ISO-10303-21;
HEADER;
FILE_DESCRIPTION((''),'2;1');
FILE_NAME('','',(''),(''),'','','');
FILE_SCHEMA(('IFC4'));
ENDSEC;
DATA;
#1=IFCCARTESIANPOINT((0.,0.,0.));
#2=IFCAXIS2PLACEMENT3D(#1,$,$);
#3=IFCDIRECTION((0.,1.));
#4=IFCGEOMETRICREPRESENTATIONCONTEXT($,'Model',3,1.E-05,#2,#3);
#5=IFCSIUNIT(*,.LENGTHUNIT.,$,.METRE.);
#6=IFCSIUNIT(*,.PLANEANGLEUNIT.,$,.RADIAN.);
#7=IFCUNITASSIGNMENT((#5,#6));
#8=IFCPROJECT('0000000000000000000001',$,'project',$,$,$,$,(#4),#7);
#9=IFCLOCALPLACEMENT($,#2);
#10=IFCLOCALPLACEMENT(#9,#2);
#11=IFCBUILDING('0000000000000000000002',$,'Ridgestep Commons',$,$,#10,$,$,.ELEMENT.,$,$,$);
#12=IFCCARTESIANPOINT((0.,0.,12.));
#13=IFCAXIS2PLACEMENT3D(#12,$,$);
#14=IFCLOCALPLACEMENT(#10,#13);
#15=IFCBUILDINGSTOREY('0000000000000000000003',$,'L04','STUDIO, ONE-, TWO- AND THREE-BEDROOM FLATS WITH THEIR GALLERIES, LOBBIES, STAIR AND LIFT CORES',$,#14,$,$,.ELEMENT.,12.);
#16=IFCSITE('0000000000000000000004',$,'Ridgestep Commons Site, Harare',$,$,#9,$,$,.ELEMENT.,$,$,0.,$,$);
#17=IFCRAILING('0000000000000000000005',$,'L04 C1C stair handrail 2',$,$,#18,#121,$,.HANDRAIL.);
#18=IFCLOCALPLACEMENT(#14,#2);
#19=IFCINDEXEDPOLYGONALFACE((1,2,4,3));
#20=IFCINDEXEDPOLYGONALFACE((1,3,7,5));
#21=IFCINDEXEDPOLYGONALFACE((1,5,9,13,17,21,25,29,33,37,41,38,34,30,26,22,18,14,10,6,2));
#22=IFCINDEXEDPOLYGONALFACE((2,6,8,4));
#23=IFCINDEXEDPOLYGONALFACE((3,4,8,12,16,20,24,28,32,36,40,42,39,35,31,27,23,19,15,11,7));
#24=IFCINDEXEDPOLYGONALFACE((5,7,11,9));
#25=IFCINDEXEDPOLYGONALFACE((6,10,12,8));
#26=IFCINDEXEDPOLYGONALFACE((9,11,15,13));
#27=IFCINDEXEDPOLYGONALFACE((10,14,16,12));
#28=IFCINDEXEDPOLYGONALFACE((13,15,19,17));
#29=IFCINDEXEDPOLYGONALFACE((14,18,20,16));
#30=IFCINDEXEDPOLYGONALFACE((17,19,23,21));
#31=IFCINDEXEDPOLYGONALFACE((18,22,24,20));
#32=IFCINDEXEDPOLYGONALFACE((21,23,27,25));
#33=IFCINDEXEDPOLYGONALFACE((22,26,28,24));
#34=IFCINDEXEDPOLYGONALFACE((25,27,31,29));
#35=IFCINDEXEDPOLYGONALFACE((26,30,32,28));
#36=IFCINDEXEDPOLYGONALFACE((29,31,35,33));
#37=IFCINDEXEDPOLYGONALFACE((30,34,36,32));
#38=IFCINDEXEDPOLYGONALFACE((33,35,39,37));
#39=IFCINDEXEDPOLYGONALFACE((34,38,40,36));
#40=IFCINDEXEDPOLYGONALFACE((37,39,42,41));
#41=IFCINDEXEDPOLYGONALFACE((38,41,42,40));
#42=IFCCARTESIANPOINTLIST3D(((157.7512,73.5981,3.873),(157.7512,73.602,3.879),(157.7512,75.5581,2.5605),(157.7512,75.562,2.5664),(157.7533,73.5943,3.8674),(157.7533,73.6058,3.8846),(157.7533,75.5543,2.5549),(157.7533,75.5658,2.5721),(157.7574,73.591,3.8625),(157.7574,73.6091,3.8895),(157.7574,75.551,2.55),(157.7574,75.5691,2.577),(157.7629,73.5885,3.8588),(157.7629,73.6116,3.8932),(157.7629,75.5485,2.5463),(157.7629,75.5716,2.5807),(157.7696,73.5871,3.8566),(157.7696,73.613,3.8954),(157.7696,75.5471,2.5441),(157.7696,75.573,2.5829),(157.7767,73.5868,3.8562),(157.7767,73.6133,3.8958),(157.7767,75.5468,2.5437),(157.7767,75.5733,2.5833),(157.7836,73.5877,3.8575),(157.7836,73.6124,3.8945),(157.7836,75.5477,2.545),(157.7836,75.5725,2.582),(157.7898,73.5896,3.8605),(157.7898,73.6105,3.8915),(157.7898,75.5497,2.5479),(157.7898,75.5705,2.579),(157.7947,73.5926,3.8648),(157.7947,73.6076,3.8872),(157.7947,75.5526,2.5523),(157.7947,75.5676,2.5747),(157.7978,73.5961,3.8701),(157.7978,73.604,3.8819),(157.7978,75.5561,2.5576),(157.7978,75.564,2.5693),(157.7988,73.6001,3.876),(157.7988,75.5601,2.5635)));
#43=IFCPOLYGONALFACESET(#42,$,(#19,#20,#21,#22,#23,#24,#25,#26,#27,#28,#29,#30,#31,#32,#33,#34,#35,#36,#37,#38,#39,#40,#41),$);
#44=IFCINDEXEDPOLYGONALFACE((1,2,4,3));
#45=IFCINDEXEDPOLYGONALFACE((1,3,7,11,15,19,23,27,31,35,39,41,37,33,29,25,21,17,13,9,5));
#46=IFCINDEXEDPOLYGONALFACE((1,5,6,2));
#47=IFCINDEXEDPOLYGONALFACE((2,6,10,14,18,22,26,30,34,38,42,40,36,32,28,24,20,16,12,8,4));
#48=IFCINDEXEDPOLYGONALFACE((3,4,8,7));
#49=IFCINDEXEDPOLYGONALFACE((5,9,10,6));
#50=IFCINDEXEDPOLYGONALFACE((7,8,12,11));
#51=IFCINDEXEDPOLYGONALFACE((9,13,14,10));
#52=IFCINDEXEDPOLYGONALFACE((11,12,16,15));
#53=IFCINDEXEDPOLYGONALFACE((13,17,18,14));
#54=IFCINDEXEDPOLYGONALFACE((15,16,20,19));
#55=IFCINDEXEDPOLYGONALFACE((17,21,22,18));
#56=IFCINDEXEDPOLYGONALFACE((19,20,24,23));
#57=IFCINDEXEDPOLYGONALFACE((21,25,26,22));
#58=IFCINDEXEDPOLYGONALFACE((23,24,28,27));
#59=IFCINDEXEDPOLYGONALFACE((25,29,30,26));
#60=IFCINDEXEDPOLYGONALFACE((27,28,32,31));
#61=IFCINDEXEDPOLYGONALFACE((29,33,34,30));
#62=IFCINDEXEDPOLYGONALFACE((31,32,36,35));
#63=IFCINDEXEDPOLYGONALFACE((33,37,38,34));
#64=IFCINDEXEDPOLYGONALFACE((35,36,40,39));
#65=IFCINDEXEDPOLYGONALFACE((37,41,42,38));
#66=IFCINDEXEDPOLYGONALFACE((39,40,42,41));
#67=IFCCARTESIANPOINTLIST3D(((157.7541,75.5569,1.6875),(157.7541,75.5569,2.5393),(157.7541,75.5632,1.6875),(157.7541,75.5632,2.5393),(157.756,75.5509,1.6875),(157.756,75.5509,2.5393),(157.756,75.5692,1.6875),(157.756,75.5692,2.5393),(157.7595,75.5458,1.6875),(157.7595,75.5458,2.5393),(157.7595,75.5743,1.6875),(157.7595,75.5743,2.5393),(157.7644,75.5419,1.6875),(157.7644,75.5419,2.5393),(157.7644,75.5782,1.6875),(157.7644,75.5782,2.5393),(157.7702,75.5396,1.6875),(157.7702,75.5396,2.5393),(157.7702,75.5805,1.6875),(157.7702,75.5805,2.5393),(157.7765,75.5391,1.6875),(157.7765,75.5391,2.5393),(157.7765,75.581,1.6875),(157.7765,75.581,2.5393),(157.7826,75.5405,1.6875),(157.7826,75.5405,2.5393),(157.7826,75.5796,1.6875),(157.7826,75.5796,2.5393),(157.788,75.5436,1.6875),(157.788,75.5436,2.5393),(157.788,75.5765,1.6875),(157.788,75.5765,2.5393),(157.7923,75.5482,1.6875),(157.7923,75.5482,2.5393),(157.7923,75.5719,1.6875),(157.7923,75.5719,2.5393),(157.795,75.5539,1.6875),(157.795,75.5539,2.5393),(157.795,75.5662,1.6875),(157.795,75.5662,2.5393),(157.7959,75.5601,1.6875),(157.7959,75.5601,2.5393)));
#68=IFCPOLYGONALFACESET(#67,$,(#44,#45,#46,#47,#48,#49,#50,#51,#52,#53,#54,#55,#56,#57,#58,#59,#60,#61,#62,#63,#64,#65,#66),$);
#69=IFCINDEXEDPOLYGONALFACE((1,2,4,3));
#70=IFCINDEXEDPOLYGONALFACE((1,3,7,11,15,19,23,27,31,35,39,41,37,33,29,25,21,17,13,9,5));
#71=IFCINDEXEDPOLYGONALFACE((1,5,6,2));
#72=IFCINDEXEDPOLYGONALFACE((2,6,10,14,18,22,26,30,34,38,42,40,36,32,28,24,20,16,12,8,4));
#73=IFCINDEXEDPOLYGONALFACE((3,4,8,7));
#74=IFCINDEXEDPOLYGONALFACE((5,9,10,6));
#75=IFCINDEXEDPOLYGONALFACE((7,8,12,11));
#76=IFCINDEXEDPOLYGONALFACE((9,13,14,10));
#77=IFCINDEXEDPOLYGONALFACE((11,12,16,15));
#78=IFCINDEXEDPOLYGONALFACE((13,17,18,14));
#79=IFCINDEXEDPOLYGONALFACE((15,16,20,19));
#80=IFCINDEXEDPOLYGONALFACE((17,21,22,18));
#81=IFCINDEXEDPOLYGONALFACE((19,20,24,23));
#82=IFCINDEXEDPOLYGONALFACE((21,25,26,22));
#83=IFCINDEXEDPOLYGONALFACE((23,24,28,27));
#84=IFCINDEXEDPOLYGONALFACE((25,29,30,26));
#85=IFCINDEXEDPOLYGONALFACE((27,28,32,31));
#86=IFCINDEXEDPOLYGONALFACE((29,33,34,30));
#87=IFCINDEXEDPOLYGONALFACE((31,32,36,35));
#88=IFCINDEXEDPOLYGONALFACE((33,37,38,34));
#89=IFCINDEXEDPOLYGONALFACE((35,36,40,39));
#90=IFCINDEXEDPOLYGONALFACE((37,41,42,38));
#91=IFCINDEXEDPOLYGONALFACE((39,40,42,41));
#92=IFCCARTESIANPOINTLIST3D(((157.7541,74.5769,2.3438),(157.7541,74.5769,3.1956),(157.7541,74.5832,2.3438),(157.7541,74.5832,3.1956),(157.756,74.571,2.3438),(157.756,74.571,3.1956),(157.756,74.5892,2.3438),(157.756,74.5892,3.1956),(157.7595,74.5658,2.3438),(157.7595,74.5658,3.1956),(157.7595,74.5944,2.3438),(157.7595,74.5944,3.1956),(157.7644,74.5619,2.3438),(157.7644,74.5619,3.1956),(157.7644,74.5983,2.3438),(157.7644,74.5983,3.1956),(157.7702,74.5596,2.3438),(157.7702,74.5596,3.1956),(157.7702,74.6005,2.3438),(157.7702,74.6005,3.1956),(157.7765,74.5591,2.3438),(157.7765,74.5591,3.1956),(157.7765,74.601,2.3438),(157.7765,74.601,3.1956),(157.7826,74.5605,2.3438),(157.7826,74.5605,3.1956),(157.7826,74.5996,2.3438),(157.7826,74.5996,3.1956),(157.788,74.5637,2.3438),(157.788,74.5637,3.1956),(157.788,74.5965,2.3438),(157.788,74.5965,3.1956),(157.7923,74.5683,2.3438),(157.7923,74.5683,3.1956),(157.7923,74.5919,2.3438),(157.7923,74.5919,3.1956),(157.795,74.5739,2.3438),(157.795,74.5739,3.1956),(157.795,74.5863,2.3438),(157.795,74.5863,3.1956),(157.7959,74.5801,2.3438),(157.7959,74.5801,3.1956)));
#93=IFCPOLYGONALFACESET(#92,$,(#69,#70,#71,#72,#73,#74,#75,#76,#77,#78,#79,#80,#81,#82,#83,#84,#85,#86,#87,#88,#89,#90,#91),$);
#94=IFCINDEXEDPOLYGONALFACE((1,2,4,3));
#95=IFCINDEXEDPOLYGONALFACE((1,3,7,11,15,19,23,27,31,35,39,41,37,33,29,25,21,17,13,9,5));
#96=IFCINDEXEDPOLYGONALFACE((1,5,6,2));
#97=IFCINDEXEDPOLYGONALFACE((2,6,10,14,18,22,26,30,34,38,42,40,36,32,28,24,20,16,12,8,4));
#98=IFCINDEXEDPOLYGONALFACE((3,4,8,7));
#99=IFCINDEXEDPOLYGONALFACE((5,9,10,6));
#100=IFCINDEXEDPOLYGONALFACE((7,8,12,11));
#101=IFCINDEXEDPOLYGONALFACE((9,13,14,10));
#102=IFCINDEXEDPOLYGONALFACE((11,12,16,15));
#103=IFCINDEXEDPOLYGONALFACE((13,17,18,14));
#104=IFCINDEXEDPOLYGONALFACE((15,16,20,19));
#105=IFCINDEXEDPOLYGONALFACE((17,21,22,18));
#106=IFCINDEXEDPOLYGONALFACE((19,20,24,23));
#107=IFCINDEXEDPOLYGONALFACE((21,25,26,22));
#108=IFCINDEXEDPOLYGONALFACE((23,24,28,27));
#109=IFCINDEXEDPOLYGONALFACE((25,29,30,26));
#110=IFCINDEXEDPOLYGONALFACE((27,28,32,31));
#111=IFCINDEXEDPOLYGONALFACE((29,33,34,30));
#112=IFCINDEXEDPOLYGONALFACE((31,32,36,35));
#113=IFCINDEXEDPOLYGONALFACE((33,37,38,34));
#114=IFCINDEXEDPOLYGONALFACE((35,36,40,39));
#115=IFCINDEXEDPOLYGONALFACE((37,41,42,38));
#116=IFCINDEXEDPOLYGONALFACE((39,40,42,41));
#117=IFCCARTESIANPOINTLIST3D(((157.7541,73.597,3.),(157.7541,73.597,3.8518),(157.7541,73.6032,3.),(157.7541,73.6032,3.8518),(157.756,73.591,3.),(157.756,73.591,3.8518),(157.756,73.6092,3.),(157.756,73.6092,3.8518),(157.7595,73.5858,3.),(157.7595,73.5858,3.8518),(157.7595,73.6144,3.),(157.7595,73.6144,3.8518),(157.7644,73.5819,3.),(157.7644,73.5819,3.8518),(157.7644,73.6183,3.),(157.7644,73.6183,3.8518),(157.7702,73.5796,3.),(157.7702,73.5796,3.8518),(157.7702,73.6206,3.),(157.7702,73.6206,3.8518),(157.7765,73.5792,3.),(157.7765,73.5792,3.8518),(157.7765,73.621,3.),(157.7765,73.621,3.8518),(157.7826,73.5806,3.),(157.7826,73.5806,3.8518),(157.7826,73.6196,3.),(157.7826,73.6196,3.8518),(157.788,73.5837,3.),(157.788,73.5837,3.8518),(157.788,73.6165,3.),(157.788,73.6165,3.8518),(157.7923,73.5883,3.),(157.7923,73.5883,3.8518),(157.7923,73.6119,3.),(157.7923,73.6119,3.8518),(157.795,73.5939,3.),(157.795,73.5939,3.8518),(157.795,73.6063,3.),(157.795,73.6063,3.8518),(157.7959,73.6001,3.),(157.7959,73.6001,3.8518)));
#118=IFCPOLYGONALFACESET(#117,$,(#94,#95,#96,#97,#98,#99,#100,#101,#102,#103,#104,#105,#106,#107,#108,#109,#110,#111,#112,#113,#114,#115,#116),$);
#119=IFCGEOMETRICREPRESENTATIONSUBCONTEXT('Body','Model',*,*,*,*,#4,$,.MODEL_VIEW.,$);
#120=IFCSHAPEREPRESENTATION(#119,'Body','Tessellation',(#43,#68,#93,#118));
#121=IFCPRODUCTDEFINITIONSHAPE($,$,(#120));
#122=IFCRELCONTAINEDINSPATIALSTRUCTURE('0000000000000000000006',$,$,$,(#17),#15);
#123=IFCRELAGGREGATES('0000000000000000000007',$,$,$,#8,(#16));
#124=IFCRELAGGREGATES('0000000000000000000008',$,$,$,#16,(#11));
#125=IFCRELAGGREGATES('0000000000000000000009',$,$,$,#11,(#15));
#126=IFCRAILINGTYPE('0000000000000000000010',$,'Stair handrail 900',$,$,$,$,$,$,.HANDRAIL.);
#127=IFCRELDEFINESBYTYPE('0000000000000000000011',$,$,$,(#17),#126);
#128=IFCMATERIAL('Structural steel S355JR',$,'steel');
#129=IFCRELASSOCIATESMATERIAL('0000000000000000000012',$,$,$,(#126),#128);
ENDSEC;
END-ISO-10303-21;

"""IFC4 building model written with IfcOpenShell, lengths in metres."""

from ifc_helpers import new_model, si_unit, direction, frame, origin, origin_2d, place, context, subcontext, project, spatial, circle, extrude, material, type_object, element, save


model = new_model("IFC4")

# Units and contexts
model_context = context("Model", 3, precision=1e-05, world=origin(), true_north=direction((0.0, 1.0)))
body_context = subcontext(model_context, "Body", "Model", "MODEL_VIEW")
ifc_project = project(units=[si_unit("LENGTHUNIT", "METRE"), si_unit("PLANEANGLEUNIT", "RADIAN")], contexts=[model_context])

# Site, building, storey
site_placement = place(None, origin())
site = spatial("IfcSite", under=ifc_project, at=site_placement, Name="Ridgestep Commons Site, Harare", CompositionType="ELEMENT", RefElevation=0.0)
building_placement = place(site_placement, origin())
building = spatial("IfcBuilding", under=site, at=building_placement, Name="Ridgestep Commons", CompositionType="ELEMENT")
storey_placement = place(building_placement, frame((0.0, 0.0, 12.0)))
storey = spatial("IfcBuildingStorey", under=building, at=storey_placement, Name="L04", Description="STUDIO, ONE-, TWO- AND THREE-BEDROOM FLATS WITH THEIR GALLERIES, LOBBIES, STAIR AND LIFT CORES", CompositionType="ELEMENT", Elevation=12.0)

# Railing
ifc_material_1 = material(Name="Structural steel S355JR", Category="steel")
railing_type_1 = type_object("IfcRailingType", Name="Stair handrail 900", PredefinedType="HANDRAIL", material=ifc_material_1)
railing_1_placement = place(storey_placement, frame((157.7749, 75.5601, 1.6875)))
element("IfcRailing", 1, at=railing_1_placement, inside=storey, type_object=railing_type_1, Name="L04 C1C stair handrail 2", PredefinedType="HANDRAIL", context=body_context, shape_type="SweptSolid", body=[
    extrude(circle(Radius=0.0239, at=origin_2d()), frame((0.0, 0.0, 0.876), z_axis=(0.0, -0.830902, 0.556419), x_axis=(1.0, 0.0, 0.0)), (0.0, 0.0, 1.0), 2.3589),
    extrude(circle(Radius=0.021, at=origin_2d()), origin(), (0.0, 0.0, 1.0), 0.8518),
    extrude(circle(Radius=0.021, at=origin_2d()), frame((0.0, -0.98, 0.6562)), (0.0, 0.0, 1.0), 0.8518),
    extrude(circle(Radius=0.021, at=origin_2d()), frame((0.0, -1.96, 1.3125)), (0.0, 0.0, 1.0), 0.8518),
])

save(model, "model.ifc")
